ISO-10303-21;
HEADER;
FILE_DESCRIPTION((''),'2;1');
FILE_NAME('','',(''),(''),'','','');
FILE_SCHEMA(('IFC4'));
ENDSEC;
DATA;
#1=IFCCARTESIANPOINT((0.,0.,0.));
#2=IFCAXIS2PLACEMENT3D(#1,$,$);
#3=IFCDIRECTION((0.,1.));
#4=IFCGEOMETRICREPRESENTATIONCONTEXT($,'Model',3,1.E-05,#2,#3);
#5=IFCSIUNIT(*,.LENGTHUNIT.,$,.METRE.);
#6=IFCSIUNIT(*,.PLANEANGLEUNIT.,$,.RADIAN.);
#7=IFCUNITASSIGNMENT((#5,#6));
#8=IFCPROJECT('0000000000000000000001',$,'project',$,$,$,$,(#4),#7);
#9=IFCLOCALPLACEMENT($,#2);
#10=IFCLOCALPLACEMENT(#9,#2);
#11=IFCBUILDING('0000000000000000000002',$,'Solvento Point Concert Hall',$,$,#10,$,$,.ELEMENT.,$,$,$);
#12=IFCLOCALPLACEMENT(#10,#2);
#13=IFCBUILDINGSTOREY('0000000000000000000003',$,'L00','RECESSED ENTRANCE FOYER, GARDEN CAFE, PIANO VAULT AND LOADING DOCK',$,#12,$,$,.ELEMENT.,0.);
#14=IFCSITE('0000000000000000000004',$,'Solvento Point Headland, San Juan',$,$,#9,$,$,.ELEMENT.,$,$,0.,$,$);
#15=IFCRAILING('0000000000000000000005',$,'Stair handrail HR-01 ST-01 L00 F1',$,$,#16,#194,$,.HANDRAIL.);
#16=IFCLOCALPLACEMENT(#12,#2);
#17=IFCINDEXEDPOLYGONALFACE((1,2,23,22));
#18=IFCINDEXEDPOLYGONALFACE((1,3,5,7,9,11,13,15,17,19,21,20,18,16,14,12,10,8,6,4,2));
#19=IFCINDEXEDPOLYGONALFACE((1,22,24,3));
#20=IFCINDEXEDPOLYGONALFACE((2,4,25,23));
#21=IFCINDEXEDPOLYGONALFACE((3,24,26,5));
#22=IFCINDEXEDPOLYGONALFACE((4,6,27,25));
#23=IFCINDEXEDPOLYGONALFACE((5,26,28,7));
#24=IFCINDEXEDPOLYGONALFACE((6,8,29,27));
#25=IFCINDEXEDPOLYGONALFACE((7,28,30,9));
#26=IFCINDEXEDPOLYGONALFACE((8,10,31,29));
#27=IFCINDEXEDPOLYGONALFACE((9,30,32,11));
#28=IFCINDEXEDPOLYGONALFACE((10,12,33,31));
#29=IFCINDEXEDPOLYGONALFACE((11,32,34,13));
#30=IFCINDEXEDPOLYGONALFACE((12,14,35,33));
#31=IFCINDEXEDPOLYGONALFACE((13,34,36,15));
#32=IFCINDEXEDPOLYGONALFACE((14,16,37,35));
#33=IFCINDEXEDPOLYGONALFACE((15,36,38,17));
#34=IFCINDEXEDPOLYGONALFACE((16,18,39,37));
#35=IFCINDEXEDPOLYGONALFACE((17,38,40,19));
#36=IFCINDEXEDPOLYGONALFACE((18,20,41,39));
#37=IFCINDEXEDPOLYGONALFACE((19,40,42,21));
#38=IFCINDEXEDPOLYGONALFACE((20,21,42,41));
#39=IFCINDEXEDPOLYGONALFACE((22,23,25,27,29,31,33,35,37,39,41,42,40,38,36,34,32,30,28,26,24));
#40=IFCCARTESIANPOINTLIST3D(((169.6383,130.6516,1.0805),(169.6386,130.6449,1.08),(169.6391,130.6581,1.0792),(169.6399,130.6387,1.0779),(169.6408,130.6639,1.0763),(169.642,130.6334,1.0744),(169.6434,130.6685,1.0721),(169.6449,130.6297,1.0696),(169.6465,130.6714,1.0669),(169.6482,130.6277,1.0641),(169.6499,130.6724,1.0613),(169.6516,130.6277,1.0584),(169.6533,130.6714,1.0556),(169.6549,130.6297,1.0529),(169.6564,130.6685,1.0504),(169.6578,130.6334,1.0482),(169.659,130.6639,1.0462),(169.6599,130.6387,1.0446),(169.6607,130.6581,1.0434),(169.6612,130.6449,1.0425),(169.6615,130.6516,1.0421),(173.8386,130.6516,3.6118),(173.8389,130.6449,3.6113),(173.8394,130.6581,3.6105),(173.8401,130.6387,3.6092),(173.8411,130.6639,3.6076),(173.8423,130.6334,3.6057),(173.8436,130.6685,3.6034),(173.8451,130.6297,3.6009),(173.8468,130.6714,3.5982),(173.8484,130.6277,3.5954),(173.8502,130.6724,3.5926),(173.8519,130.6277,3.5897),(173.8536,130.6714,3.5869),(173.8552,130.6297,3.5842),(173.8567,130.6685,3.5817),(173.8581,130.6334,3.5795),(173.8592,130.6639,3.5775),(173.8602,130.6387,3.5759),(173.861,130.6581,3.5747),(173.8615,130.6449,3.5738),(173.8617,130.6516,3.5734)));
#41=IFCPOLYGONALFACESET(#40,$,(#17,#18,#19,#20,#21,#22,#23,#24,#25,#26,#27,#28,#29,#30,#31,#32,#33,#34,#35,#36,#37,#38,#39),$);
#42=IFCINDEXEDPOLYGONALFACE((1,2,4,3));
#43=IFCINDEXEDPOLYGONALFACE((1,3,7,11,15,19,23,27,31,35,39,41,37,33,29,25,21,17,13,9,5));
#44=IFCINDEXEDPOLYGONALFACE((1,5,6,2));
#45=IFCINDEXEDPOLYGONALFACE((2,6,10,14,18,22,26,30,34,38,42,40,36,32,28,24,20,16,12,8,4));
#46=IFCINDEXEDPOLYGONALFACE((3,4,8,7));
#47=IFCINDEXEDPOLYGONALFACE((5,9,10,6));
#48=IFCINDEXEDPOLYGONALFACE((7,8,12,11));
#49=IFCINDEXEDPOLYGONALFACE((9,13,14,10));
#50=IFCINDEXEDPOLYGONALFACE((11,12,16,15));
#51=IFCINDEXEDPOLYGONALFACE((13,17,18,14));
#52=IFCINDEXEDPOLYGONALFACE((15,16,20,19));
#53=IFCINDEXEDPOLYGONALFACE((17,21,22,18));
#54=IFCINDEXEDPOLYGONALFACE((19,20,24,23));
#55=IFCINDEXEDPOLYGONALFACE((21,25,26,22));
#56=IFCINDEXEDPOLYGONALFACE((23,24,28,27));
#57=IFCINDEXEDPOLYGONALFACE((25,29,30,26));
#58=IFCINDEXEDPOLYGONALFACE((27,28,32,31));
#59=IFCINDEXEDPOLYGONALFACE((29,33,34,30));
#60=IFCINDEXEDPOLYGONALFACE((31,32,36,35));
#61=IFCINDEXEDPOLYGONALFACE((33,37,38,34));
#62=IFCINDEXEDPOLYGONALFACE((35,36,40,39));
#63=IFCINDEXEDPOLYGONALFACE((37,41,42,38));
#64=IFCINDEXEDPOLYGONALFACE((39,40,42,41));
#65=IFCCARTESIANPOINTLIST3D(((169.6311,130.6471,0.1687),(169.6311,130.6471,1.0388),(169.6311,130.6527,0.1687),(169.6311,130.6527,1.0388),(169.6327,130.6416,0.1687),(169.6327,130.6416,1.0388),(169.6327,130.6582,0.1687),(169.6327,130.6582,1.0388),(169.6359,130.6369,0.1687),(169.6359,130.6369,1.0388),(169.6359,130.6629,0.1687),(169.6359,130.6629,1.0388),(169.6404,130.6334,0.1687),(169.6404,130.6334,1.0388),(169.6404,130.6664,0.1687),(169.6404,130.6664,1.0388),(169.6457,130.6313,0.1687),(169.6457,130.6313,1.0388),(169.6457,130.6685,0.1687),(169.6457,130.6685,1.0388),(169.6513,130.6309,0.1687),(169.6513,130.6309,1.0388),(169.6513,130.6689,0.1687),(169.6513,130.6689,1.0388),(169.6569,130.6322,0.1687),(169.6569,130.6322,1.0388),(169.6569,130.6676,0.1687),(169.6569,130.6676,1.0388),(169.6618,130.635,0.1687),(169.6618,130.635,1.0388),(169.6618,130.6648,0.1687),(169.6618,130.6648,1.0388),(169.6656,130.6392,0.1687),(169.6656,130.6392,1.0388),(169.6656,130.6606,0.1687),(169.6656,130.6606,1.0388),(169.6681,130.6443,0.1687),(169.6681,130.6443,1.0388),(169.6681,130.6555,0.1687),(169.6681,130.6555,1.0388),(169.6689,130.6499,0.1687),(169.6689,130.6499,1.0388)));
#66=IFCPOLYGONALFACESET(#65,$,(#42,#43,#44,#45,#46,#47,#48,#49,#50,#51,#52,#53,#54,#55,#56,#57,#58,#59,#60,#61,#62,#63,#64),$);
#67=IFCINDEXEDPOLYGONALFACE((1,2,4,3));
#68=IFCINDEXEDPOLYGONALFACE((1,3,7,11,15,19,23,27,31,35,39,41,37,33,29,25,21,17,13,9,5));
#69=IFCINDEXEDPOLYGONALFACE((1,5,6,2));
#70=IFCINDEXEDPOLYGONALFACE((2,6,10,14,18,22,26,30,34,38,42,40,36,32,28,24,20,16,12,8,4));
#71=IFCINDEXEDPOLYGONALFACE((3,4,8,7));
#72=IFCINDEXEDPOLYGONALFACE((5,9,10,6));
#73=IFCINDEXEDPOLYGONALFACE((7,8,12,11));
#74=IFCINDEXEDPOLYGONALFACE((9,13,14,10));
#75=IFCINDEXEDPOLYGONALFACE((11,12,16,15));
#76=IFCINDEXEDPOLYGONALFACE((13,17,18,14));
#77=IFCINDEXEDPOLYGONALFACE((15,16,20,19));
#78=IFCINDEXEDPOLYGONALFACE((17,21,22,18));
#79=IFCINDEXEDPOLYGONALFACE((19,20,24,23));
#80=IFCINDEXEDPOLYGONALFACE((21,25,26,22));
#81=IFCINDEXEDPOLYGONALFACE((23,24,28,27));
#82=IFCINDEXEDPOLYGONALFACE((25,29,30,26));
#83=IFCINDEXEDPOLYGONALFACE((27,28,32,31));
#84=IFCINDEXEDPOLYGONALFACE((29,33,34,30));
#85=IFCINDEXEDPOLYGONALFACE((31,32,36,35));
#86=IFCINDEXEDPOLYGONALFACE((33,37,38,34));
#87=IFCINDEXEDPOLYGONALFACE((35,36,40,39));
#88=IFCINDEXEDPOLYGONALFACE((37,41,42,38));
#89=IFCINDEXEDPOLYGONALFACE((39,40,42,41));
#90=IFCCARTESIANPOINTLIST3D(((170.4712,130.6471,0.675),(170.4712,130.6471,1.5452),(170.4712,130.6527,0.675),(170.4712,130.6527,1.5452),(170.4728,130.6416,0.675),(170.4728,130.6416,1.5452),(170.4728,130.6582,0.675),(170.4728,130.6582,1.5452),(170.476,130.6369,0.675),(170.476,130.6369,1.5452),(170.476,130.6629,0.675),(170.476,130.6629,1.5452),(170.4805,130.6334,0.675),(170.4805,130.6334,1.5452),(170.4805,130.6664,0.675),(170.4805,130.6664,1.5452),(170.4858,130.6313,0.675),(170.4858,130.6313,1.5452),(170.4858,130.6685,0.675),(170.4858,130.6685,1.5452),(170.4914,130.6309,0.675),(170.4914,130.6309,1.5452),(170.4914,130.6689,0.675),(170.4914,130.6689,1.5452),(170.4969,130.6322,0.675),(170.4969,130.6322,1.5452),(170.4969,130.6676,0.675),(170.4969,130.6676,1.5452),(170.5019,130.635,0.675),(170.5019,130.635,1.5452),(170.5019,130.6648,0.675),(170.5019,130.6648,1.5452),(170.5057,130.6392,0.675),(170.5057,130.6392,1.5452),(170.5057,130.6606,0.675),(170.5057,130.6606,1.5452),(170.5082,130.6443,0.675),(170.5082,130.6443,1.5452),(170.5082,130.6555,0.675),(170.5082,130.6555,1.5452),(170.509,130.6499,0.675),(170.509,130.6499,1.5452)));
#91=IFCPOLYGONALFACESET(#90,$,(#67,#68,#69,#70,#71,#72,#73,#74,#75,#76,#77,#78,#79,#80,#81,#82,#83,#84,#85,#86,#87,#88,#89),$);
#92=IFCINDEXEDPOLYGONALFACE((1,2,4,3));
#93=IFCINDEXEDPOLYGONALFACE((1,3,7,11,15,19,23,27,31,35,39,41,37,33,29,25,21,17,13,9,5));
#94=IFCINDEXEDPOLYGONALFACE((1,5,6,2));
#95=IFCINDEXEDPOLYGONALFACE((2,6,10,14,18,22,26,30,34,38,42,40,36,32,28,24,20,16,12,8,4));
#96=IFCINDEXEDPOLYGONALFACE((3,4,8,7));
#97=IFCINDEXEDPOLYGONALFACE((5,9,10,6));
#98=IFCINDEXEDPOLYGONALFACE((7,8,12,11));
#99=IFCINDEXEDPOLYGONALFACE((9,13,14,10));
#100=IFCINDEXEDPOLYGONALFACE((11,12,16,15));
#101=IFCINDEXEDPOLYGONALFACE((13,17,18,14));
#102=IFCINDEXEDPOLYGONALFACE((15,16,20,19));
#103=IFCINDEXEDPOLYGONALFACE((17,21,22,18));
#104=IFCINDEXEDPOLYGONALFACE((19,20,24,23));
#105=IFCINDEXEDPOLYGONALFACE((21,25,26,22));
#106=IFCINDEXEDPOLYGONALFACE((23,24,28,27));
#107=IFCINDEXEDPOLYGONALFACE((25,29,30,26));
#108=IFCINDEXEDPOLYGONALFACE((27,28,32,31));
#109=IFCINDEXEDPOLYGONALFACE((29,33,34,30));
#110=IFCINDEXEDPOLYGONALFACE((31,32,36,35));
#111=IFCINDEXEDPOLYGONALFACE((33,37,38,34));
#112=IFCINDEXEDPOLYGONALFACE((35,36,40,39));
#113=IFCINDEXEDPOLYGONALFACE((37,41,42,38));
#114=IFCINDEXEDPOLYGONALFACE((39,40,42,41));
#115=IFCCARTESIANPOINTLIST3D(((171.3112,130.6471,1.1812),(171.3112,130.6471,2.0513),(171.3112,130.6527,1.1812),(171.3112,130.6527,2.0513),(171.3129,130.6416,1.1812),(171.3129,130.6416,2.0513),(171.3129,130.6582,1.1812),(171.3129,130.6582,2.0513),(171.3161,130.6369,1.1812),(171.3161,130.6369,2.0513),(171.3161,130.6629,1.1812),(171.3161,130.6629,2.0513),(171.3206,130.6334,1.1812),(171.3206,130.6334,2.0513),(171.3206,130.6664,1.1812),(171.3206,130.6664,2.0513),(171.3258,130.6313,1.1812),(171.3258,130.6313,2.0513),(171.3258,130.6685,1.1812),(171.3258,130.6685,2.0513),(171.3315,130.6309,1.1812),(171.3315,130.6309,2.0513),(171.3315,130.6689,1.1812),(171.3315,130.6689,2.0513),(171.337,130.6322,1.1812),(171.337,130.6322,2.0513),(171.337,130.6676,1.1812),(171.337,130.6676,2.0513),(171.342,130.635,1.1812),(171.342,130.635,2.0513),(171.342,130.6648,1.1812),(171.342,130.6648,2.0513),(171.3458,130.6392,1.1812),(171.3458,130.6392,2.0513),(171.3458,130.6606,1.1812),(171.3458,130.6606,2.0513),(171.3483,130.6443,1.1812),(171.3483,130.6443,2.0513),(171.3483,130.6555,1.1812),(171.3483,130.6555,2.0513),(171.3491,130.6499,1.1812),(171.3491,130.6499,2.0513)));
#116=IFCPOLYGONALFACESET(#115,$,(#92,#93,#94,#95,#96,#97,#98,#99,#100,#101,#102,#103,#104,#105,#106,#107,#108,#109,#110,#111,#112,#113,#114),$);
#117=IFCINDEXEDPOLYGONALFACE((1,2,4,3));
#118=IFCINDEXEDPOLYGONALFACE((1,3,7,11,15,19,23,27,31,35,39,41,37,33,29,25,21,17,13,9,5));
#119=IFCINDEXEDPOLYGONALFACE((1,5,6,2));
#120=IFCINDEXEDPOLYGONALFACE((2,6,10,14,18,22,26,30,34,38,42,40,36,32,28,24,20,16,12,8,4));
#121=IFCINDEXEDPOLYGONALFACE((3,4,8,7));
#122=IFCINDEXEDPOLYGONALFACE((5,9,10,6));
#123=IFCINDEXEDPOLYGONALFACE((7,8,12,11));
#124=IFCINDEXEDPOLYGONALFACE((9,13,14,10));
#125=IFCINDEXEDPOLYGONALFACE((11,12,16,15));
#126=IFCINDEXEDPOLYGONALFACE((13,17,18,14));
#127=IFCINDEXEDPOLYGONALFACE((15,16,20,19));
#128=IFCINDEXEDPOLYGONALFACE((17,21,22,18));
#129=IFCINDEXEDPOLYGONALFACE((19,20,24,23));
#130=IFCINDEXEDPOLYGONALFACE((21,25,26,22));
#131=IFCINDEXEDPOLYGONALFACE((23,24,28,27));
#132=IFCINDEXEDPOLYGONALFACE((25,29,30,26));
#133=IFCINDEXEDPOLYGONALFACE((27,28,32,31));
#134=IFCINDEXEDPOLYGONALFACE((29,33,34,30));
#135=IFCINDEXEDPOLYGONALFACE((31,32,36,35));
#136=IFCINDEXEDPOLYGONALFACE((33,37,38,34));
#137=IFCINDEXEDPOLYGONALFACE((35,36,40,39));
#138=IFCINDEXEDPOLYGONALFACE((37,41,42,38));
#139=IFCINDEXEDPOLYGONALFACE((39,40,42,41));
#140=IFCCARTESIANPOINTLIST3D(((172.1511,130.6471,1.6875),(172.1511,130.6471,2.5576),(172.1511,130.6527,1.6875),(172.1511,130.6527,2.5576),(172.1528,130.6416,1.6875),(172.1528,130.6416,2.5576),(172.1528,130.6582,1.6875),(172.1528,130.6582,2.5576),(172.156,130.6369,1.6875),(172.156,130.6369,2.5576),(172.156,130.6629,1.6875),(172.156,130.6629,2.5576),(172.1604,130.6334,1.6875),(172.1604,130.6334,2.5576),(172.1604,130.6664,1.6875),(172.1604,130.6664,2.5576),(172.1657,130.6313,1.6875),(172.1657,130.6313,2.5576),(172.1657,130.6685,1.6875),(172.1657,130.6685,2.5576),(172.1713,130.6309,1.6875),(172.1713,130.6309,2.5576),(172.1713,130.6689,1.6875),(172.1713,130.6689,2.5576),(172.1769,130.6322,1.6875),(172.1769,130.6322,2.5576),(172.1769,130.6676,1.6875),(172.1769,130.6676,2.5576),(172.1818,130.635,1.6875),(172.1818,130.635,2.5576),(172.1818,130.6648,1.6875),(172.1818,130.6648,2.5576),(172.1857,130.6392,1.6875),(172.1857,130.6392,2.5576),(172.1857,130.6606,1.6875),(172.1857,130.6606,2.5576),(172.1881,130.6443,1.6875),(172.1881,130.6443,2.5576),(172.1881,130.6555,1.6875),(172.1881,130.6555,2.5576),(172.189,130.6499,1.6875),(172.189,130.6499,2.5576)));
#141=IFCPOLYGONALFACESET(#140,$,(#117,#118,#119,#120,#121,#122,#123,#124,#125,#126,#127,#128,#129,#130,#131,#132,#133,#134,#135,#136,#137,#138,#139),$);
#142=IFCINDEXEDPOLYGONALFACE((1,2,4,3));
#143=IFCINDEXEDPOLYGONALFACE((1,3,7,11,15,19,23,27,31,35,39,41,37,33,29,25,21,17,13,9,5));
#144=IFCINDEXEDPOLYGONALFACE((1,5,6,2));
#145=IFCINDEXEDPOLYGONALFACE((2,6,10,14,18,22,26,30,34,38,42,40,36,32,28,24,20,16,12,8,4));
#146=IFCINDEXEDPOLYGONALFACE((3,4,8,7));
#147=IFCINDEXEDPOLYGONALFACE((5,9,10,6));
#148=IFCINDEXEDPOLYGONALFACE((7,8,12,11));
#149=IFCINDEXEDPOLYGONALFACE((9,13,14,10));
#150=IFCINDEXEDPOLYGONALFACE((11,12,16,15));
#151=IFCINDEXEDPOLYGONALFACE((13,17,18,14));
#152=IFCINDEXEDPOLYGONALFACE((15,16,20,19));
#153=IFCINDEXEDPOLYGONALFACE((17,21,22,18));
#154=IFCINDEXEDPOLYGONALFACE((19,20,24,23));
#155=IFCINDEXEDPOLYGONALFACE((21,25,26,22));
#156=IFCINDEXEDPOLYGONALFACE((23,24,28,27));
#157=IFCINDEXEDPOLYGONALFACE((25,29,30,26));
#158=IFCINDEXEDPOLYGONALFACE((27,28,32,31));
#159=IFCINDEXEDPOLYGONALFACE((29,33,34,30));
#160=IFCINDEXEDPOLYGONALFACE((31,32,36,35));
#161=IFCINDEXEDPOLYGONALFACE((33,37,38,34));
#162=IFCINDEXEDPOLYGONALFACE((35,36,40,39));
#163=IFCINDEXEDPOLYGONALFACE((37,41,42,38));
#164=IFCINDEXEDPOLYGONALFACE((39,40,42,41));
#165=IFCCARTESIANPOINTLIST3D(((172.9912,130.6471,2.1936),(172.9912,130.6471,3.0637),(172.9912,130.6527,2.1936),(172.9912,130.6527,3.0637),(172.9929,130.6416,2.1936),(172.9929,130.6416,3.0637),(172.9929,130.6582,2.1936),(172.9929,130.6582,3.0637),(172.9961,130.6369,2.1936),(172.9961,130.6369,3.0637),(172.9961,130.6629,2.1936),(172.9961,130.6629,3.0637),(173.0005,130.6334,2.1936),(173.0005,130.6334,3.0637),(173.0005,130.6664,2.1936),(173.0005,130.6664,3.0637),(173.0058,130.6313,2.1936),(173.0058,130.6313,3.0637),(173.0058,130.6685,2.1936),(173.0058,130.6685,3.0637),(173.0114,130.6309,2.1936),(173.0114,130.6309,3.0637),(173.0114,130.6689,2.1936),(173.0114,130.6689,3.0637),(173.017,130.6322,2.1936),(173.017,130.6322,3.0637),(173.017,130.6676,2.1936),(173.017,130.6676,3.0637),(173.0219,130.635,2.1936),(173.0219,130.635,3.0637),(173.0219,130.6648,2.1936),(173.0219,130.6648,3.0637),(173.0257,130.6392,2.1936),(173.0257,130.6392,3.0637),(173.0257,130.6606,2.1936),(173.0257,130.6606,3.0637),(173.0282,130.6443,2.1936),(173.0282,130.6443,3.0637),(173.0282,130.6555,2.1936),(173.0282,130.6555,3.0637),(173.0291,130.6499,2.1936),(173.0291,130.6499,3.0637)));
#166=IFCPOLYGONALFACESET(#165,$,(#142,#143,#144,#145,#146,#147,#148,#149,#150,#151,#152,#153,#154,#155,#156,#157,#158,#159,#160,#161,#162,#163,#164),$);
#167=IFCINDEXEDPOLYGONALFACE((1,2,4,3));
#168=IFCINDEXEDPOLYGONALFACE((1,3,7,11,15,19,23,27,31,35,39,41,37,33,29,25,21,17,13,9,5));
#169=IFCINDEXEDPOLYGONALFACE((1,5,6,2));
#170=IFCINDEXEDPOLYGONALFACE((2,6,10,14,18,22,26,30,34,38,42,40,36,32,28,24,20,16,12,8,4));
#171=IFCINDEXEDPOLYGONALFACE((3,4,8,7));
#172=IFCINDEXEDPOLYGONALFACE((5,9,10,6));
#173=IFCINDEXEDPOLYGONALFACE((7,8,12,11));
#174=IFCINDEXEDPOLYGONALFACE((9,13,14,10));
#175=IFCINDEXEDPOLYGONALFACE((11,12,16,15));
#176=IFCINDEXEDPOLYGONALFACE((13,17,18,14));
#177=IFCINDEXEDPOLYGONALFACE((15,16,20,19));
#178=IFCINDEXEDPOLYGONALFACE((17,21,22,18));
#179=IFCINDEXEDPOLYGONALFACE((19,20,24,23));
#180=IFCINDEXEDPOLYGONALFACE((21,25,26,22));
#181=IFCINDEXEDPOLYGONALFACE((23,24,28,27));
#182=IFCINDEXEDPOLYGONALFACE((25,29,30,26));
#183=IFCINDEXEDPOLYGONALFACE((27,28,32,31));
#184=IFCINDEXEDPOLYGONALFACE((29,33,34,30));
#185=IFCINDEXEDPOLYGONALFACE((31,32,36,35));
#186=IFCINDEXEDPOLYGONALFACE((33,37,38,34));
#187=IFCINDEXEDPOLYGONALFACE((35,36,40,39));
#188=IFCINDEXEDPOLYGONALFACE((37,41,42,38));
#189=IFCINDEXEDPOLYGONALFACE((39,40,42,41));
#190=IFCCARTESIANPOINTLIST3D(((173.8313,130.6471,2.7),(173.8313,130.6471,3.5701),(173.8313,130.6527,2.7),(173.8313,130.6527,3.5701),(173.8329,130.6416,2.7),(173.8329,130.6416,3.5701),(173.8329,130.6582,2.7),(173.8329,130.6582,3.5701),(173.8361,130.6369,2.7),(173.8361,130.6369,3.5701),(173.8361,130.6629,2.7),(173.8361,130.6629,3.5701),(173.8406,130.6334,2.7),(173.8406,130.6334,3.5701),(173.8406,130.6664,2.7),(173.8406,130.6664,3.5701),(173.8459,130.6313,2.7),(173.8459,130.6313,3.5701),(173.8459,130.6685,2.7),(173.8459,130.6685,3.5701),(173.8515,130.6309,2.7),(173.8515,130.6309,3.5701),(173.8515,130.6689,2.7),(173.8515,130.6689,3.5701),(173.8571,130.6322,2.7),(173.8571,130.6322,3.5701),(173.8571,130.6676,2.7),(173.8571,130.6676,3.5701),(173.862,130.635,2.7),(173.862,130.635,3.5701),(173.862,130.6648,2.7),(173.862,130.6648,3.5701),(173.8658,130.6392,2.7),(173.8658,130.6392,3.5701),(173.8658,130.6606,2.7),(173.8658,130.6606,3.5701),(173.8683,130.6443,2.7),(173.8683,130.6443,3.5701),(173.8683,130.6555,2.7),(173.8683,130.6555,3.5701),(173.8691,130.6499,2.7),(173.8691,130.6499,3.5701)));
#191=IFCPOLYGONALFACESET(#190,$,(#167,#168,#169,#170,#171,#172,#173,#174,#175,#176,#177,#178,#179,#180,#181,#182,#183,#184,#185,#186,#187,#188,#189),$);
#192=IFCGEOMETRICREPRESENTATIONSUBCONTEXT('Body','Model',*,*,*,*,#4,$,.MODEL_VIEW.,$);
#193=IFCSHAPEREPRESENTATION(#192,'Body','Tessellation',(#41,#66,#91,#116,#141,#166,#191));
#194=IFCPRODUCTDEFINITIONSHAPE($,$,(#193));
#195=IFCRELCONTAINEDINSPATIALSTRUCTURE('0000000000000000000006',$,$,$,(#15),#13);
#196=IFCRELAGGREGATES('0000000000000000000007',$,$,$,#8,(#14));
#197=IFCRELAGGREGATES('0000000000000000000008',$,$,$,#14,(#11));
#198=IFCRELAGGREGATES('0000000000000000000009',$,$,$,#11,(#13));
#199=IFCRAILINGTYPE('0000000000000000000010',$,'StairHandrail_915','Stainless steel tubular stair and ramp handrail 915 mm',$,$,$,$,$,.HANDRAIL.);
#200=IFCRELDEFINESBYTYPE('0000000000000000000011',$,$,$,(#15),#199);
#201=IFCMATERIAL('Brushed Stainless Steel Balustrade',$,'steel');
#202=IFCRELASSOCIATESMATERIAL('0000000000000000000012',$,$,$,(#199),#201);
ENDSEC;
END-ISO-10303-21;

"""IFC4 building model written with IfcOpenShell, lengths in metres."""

from ifc_helpers import new_model, si_unit, direction, frame, origin, origin_2d, place, context, subcontext, project, spatial, circle, extrude, material, type_object, element, save


model = new_model("IFC4")

# Units and contexts
model_context = context("Model", 3, precision=1e-05, world=origin(), true_north=direction((0.0, 1.0)))
body_context = subcontext(model_context, "Body", "Model", "MODEL_VIEW")
ifc_project = project(units=[si_unit("LENGTHUNIT", "METRE"), si_unit("PLANEANGLEUNIT", "RADIAN")], contexts=[model_context])

# Site, building, storey
site_placement = place(None, origin())
site = spatial("IfcSite", under=ifc_project, at=site_placement, Name="Solvento Point Headland, San Juan", CompositionType="ELEMENT", RefElevation=0.0)
building_placement = place(site_placement, origin())
building = spatial("IfcBuilding", under=site, at=building_placement, Name="Solvento Point Concert Hall", CompositionType="ELEMENT")
storey_placement = place(building_placement, origin())
storey = spatial("IfcBuildingStorey", under=building, at=storey_placement, Name="L00", Description="RECESSED ENTRANCE FOYER, GARDEN CAFE, PIANO VAULT AND LOADING DOCK", CompositionType="ELEMENT", Elevation=0.0)

# Railing
ifc_material_1 = material(Name="Brushed Stainless Steel Balustrade", Category="steel")
railing_type_1 = type_object("IfcRailingType", Name="StairHandrail_915", Description="Stainless steel tubular stair and ramp handrail 915 mm", PredefinedType="HANDRAIL", material=ifc_material_1)
railing_1_placement = place(storey_placement, frame((169.6499, 130.6499, 0.1687)))
element("IfcRailing", 1, at=railing_1_placement, inside=storey, type_object=railing_type_1, Name="Stair handrail HR-01 ST-01 L00 F1", PredefinedType="HANDRAIL", context=body_context, shape_type="SweptSolid", body=[
    extrude(circle(Radius=0.0225, at=origin_2d()), frame((0.0, 0.0, 0.8926), z_axis=(0.85649, 0.0, 0.516164), x_axis=(0.0, 1.0, 0.0)), (0.0, 0.0, 1.0), 4.9041),
    extrude(circle(Radius=0.019, at=origin_2d()), origin(), (0.0, 0.0, 1.0), 0.8701),
    extrude(circle(Radius=0.019, at=origin_2d()), frame((0.8401, 0.0, 0.5063)), (0.0, 0.0, 1.0), 0.8701),
    extrude(circle(Radius=0.019, at=origin_2d()), frame((1.6802, 0.0, 1.0125)), (0.0, 0.0, 1.0), 0.8701),
    extrude(circle(Radius=0.019, at=origin_2d()), frame((2.52, 0.0, 1.5188)), (0.0, 0.0, 1.0), 0.8701),
    extrude(circle(Radius=0.019, at=origin_2d()), frame((3.3601, 0.0, 2.0249)), (0.0, 0.0, 1.0), 0.8701),
    extrude(circle(Radius=0.019, at=origin_2d()), frame((4.2002, 0.0, 2.5312)), (0.0, 0.0, 1.0), 0.8701),
])

save(model, "model.ifc")
